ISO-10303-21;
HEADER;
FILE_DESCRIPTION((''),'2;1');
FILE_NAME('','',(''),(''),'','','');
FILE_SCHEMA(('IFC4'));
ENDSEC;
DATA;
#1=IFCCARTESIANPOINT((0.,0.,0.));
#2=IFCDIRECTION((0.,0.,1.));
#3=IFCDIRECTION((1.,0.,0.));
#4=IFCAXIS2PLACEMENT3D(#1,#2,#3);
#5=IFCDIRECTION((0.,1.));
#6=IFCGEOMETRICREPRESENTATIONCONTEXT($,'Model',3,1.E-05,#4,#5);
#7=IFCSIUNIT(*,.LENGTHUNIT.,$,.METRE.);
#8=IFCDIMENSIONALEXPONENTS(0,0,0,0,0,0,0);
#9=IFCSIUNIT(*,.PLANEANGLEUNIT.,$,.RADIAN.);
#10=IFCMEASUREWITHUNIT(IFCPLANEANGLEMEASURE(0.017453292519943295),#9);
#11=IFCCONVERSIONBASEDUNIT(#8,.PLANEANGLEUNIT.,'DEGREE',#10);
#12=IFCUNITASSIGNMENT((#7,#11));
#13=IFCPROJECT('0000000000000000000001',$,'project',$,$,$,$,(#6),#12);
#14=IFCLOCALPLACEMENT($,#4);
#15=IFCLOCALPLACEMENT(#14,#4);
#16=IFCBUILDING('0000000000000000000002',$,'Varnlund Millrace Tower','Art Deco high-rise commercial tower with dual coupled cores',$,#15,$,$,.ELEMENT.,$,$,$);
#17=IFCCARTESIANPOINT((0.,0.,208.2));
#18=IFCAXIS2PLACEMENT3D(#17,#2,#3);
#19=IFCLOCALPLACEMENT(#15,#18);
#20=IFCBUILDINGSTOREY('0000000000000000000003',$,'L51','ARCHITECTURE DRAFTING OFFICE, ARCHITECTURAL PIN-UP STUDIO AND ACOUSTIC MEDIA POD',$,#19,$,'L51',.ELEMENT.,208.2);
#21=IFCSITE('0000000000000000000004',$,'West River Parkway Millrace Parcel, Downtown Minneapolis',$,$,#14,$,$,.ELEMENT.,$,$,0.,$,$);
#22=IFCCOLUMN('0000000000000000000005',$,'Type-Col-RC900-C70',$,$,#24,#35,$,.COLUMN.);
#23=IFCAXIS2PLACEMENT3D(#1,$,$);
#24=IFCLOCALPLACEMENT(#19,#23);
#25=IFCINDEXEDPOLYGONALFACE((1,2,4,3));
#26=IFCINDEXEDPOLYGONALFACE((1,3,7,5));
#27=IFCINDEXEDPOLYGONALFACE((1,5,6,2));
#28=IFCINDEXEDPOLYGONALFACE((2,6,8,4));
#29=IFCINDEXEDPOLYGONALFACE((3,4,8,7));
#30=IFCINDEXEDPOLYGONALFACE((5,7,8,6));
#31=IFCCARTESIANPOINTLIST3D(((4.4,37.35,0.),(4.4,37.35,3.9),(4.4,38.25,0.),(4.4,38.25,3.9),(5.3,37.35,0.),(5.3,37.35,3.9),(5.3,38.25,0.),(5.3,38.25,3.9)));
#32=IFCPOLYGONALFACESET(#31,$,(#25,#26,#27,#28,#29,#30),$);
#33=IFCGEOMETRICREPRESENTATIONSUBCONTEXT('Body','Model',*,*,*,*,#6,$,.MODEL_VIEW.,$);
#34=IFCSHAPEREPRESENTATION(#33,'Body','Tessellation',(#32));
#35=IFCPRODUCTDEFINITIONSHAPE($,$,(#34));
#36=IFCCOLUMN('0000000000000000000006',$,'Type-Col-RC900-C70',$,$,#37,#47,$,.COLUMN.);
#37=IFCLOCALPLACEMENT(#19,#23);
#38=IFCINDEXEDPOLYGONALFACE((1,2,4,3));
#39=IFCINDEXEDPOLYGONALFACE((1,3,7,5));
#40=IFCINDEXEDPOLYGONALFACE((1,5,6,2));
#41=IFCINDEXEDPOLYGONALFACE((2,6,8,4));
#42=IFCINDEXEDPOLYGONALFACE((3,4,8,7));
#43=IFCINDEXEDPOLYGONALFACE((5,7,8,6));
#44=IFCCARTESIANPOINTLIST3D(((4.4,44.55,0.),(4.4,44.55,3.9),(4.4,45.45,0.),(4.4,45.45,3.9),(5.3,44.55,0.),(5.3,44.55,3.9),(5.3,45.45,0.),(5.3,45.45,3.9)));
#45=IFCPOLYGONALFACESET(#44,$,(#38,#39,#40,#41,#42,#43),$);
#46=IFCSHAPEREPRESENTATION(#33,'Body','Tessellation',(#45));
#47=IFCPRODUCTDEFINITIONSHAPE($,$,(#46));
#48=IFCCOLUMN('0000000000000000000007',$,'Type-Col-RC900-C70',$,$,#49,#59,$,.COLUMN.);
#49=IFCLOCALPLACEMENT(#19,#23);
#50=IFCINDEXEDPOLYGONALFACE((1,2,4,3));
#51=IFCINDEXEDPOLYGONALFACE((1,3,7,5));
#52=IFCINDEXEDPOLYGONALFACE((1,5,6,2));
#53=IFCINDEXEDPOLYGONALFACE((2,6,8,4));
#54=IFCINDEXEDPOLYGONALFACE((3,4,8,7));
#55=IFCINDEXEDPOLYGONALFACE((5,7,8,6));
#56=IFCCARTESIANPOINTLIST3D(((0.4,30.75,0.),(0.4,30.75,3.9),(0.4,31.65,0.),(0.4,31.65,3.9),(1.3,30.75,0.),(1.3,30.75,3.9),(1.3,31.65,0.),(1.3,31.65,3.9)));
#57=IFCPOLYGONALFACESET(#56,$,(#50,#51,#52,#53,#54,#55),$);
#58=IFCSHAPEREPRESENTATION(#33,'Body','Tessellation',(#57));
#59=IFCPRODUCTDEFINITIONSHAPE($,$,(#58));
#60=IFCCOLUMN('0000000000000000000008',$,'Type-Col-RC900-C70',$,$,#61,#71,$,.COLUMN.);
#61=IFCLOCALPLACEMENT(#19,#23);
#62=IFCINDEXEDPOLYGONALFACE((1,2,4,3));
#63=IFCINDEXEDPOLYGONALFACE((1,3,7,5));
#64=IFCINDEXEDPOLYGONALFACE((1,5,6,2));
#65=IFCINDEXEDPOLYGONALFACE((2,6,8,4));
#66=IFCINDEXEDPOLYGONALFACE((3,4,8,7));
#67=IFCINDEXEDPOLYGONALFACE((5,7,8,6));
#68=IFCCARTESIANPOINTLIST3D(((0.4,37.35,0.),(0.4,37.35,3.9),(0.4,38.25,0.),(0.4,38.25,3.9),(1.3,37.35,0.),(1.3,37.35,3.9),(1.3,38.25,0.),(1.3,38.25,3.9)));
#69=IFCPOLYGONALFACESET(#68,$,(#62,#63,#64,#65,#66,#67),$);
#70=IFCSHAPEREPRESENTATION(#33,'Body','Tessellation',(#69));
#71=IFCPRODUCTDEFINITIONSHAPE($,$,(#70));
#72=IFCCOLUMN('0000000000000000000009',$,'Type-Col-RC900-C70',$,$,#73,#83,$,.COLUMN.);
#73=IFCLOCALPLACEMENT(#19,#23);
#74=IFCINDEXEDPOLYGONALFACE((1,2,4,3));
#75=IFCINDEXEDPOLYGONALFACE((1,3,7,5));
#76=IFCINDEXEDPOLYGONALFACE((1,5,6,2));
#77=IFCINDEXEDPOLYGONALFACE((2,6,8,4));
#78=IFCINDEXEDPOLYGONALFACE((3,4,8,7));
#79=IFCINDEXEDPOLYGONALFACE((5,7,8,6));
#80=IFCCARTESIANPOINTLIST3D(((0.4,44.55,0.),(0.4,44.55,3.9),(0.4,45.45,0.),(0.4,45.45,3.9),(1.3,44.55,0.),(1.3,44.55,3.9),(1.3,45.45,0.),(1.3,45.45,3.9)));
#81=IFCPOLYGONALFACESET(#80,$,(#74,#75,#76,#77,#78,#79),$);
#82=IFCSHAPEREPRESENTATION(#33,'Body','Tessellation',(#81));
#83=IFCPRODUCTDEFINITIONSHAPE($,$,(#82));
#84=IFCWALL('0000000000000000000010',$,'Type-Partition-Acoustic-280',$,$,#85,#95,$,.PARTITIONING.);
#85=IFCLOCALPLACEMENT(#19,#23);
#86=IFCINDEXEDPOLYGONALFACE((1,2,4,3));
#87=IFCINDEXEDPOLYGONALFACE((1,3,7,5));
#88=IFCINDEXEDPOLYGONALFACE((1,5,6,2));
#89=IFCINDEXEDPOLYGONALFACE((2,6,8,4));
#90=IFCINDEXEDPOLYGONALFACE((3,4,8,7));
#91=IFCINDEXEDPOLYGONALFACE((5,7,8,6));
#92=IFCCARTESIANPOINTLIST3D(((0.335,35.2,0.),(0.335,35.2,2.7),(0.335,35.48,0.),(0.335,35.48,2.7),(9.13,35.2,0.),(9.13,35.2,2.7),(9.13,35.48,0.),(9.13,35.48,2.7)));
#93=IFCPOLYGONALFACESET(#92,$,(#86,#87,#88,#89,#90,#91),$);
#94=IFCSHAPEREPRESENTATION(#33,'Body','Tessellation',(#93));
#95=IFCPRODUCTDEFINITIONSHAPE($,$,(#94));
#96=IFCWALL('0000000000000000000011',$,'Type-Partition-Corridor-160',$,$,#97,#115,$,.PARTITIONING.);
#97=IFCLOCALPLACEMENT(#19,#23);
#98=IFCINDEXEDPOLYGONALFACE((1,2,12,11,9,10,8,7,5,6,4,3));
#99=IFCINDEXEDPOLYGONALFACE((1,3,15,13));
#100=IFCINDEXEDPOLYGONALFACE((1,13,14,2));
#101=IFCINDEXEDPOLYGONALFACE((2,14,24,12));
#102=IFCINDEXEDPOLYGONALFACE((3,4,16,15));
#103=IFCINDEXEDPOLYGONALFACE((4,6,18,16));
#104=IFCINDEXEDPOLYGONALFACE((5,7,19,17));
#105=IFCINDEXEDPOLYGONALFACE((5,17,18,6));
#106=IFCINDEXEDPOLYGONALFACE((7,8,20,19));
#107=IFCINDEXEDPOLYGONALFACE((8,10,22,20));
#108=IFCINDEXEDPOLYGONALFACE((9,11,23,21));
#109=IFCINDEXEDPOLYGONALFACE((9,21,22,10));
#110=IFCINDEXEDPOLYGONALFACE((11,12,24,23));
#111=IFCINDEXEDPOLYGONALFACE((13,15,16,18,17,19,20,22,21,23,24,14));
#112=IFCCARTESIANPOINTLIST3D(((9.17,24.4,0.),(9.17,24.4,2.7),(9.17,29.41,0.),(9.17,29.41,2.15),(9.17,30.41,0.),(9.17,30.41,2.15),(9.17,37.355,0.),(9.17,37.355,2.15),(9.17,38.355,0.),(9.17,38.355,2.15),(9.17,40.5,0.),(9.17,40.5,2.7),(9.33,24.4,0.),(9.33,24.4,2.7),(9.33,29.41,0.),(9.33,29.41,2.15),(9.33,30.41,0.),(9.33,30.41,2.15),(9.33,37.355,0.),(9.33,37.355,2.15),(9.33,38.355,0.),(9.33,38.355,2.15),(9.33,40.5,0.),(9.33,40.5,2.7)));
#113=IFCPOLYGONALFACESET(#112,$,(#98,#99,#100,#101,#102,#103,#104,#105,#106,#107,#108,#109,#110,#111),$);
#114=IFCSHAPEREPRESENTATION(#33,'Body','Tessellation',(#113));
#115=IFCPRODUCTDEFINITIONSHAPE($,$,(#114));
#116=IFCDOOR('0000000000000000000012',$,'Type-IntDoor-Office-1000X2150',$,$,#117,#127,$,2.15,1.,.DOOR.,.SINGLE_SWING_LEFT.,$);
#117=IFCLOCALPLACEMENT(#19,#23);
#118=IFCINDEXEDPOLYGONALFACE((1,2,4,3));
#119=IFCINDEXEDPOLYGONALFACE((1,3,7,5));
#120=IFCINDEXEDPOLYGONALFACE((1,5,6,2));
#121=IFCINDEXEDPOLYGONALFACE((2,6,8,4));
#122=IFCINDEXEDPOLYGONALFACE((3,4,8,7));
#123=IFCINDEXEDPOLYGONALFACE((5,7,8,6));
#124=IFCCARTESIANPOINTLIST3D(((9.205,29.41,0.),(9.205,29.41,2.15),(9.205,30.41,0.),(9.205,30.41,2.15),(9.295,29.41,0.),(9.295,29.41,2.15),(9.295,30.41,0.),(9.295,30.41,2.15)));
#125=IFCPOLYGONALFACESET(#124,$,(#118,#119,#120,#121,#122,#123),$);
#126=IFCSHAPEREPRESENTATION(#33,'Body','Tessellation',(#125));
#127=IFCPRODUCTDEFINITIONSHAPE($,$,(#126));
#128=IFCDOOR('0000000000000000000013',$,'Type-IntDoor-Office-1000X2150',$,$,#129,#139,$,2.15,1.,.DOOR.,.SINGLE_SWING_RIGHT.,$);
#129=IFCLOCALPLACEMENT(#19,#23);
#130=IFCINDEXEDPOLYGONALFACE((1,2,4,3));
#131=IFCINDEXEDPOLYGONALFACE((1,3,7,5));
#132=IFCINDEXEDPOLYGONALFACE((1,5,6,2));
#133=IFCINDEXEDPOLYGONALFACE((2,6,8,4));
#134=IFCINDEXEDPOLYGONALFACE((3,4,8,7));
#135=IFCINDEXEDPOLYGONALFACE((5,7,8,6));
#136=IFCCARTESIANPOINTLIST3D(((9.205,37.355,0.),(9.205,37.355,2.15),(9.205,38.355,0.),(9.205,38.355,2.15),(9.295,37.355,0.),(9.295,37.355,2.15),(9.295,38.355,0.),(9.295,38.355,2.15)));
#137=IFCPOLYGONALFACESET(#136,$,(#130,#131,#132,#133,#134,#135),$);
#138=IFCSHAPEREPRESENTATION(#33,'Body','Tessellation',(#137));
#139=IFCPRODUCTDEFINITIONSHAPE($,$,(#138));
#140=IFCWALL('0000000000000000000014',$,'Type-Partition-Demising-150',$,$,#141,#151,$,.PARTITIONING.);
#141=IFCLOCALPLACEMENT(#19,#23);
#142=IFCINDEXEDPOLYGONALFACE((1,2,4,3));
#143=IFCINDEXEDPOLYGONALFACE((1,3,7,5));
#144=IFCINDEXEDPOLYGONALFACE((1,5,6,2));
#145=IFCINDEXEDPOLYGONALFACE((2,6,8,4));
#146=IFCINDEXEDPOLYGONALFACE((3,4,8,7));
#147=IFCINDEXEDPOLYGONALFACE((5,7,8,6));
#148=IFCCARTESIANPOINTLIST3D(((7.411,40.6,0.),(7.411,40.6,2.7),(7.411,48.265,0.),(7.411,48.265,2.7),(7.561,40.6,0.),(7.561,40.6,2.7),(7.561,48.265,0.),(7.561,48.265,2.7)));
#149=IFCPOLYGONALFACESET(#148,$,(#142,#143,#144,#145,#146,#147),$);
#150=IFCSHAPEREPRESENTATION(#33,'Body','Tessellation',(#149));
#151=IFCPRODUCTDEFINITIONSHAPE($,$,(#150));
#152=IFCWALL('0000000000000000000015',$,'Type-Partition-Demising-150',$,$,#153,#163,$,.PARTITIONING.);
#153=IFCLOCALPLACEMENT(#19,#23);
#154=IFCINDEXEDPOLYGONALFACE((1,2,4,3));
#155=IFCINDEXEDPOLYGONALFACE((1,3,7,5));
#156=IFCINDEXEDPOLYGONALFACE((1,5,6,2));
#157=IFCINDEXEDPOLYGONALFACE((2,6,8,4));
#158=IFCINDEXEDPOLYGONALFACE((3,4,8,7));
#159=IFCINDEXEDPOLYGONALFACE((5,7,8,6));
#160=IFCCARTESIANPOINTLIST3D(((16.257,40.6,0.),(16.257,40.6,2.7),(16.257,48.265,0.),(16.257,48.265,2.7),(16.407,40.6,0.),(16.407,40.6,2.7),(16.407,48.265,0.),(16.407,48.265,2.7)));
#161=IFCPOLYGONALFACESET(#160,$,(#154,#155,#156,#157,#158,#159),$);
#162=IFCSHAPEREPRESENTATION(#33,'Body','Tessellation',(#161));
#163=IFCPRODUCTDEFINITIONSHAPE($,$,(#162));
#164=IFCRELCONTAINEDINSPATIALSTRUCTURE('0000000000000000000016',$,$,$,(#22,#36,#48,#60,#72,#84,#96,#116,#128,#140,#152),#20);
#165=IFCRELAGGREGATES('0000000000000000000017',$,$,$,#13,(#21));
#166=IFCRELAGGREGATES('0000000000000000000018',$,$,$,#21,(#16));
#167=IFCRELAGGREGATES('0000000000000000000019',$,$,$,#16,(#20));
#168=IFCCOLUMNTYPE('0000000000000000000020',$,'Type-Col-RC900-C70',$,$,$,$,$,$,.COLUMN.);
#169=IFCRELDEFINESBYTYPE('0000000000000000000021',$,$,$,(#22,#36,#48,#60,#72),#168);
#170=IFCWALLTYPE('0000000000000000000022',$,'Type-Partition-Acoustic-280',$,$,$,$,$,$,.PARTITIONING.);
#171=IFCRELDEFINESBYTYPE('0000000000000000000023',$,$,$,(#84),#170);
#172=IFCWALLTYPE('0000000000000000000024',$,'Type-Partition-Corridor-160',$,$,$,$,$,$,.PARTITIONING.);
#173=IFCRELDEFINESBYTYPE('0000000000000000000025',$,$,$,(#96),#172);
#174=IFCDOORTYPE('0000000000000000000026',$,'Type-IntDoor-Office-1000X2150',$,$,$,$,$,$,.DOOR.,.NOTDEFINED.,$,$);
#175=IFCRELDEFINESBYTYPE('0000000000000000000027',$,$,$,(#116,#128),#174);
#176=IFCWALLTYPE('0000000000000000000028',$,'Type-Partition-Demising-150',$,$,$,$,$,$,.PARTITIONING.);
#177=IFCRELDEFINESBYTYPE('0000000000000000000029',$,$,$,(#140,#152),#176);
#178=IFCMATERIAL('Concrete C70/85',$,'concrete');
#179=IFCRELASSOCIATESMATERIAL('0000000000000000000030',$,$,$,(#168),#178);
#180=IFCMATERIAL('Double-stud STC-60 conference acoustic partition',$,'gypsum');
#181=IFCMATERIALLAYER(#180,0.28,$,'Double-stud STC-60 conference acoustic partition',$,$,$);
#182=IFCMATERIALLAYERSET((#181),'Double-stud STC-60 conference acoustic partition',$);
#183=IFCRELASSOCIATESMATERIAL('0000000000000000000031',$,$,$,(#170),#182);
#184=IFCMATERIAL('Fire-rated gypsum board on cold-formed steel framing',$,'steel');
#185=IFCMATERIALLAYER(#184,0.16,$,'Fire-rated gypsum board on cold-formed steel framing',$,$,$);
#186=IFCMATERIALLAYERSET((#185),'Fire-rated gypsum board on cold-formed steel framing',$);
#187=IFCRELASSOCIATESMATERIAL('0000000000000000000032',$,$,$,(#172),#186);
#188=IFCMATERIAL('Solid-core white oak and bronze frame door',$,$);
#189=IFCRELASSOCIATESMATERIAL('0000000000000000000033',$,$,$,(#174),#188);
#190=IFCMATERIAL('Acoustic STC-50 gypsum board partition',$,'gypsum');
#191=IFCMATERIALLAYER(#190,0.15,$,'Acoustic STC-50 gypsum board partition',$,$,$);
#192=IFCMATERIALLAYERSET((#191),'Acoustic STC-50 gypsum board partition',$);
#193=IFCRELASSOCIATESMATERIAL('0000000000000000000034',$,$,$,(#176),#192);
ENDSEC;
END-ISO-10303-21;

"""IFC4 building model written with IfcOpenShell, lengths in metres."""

from ifc_helpers import new_model, entity, si_unit, converted_unit, direction, frame, origin_with_axes, origin_2d_with_axis, place, context, subcontext, project, spatial, polyline, rectangle, outline, extrude, material, layer, layer_set, material_profile, profile_set, type_object, element, fill, save


model = new_model("IFC4")

# Units and contexts
model_context = context("Model", 3, precision=1e-05, world=origin_with_axes(), true_north=direction((0.0, 1.0)))
body_context = subcontext(model_context, "Body", "Model", "MODEL_VIEW")
ifc_project = project(units=[si_unit("LENGTHUNIT", "METRE"), converted_unit("PLANEANGLEUNIT", "DEGREE", entity("IfcPlaneAngleMeasure", 0.017453292519943295), si_unit("PLANEANGLEUNIT", "RADIAN"), dimensions=[0, 0, 0, 0, 0, 0, 0])], contexts=[model_context])

# Site, building, storey
site_placement = place(None, origin_with_axes())
site = spatial("IfcSite", under=ifc_project, at=site_placement, Name="West River Parkway Millrace Parcel, Downtown Minneapolis", CompositionType="ELEMENT", RefElevation=0.0)
building_placement = place(site_placement, origin_with_axes())
building = spatial("IfcBuilding", under=site, at=building_placement, Name="Varnlund Millrace Tower", Description="Art Deco high-rise commercial tower with dual coupled cores", CompositionType="ELEMENT")
storey_placement = place(building_placement, frame((0.0, 0.0, 208.2), z_axis=(0.0, 0.0, 1.0), x_axis=(1.0, 0.0, 0.0)))
storey = spatial("IfcBuildingStorey", under=building, at=storey_placement, Name="L51", Description="ARCHITECTURE DRAFTING OFFICE, ARCHITECTURAL PIN-UP STUDIO AND ACOUSTIC MEDIA POD", LongName="L51", CompositionType="ELEMENT", Elevation=208.2)

# Columns
ifc_material_1 = material(Name="Concrete C70/85", Category="concrete")
ifc_material_profile = material_profile(ifc_material_1, rectangle(XDim=0.9, YDim=0.9, at=origin_2d_with_axis()), Name="Concrete C70/85")
ifc_profile_set = profile_set([ifc_material_profile], Name="Concrete C70/85")
column_type = type_object("IfcColumnType", Name="Type-Col-RC900-C70", PredefinedType="COLUMN", material=ifc_profile_set)
for number, where, z_axis, x_axis, name in (
    (1, (4.85, 37.8, 0.0), (0.0, 0.0, 1.0), (1.0, 0.0, 0.0), "Type-Col-RC900-C70"),
    (2, (4.85, 45.0, 0.0), (0.0, 0.0, 1.0), (1.0, 0.0, 0.0), "Type-Col-RC900-C70"),
    (3, (0.85, 31.2, 0.0), (0.0, 0.0, 1.0), (1.0, 0.0, 0.0), "Type-Col-RC900-C70"),
    (4, (0.85, 37.8, 0.0), (0.0, 0.0, 1.0), (1.0, 0.0, 0.0), "Type-Col-RC900-C70"),
    (5, (0.85, 45.0, 0.0), (0.0, 0.0, 1.0), (1.0, 0.0, 0.0), "Type-Col-RC900-C70"),
):
    element("IfcColumn", number, at=place(storey_placement, frame(where, z_axis=z_axis, x_axis=x_axis)), inside=storey, type_object=column_type, Name=name, PredefinedType="COLUMN", context=body_context, shape_type="SweptSolid", body=[
        extrude(rectangle(XDim=0.9, YDim=0.9, at=origin_2d_with_axis()), origin_with_axes(), (0.0, 0.0, 1.0), 3.9),
    ])

# Wall
ifc_material_2 = material(Name="Double-stud STC-60 conference acoustic partition", Category="gypsum")
ifc_layer_1 = layer(ifc_material_2, 0.28, Name="Double-stud STC-60 conference acoustic partition")
ifc_layer_set_1 = layer_set([ifc_layer_1], Name="Double-stud STC-60 conference acoustic partition")
wall_type_1 = type_object("IfcWallType", Name="Type-Partition-Acoustic-280", PredefinedType="PARTITIONING", material=ifc_layer_set_1)
wall_1_placement = place(storey_placement, frame((0.335, 35.34, 0.0), z_axis=(0.0, 0.0, 1.0), x_axis=(1.0, 0.0, 0.0)))
element("IfcWall", 6, at=wall_1_placement, inside=storey, type_object=wall_type_1, Name="Type-Partition-Acoustic-280", PredefinedType="PARTITIONING", context=body_context, shape_type="SweptSolid", body=[
    extrude(outline(polyline([(0.0, -0.14), (8.795, -0.14), (8.795, 0.14), (0.0, 0.14), (0.0, -0.14)])), origin_with_axes(), (0.0, 0.0, 1.0), 2.7),
])

# Wall, openings, doors
ifc_material_3 = material(Name="Fire-rated gypsum board on cold-formed steel framing", Category="steel")
ifc_layer_2 = layer(ifc_material_3, 0.16, Name="Fire-rated gypsum board on cold-formed steel framing")
ifc_layer_set_2 = layer_set([ifc_layer_2], Name="Fire-rated gypsum board on cold-formed steel framing")
wall_type_2 = type_object("IfcWallType", Name="Type-Partition-Corridor-160", PredefinedType="PARTITIONING", material=ifc_layer_set_2)
ifc_material_4 = material(Name="Solid-core white oak and bronze frame door")
door_type_1 = type_object("IfcDoorType", Name="Type-IntDoor-Office-1000X2150", OperationType="NOTDEFINED", PredefinedType="DOOR", material=ifc_material_4)
wall_2_placement = place(storey_placement, frame((9.25, 24.4, 0.0), z_axis=(0.0, 0.0, 1.0), x_axis=(0.0, 1.0, 0.0)))
wall_2 = element("IfcWall", 7, at=wall_2_placement, inside=storey, type_object=wall_type_2, Name="Type-Partition-Corridor-160", PredefinedType="PARTITIONING", context=body_context, shape_type="SweptSolid", body=[
    extrude(outline(polyline([(0.0, -0.08), (16.1, -0.08), (16.1, 0.08), (0.0, 0.08), (0.0, -0.08)])), origin_with_axes(), (0.0, 0.0, 1.0), 2.7),
])
opening_1_placement = place(wall_2_placement, frame((5.51, 0.0, 0.0), z_axis=(0.0, 0.0, 1.0), x_axis=(1.0, 0.0, 0.0)))
opening_1 = element("IfcOpeningElement", 8, at=opening_1_placement, cuts=wall_2, PredefinedType="OPENING", context=body_context, shape_type="SweptSolid", body=[
    extrude(rectangle(XDim=1.0, YDim=0.18, at=origin_2d_with_axis()), origin_with_axes(), (0.0, 0.0, 1.0), 2.15),
])
opening_2_placement = place(wall_2_placement, frame((13.455, 0.0, 0.0), z_axis=(0.0, 0.0, 1.0), x_axis=(1.0, 0.0, 0.0)))
opening_2 = element("IfcOpeningElement", 9, at=opening_2_placement, cuts=wall_2, PredefinedType="OPENING", context=body_context, shape_type="SweptSolid", body=[
    extrude(rectangle(XDim=1.0, YDim=0.18, at=origin_2d_with_axis()), origin_with_axes(), (0.0, 0.0, 1.0), 2.15),
])
door_1_placement = place(wall_2_placement, frame((5.51, 0.0, 0.0), z_axis=(0.0, 0.0, 1.0), x_axis=(1.0, 0.0, 0.0)))
door_1 = element("IfcDoor", 10, at=door_1_placement, inside=storey, type_object=door_type_1, Name="Type-IntDoor-Office-1000X2150", OperationType="SINGLE_SWING_LEFT", OverallHeight=2.15, OverallWidth=1.0, PredefinedType="DOOR", context=body_context, shape_type="SweptSolid", body=[
    extrude(rectangle(XDim=1.0, YDim=0.09, at=origin_2d_with_axis()), origin_with_axes(), (0.0, 0.0, 1.0), 2.15),
])
fill(opening_1, door_1)
door_2_placement = place(wall_2_placement, frame((13.455, 0.0, 0.0), z_axis=(0.0, 0.0, 1.0), x_axis=(1.0, 0.0, 0.0)))
door_2 = element("IfcDoor", 11, at=door_2_placement, inside=storey, type_object=door_type_1, Name="Type-IntDoor-Office-1000X2150", OperationType="SINGLE_SWING_RIGHT", OverallHeight=2.15, OverallWidth=1.0, PredefinedType="DOOR", context=body_context, shape_type="SweptSolid", body=[
    extrude(rectangle(XDim=1.0, YDim=0.09, at=origin_2d_with_axis()), origin_with_axes(), (0.0, 0.0, 1.0), 2.15),
])
fill(opening_2, door_2)

# Walls
ifc_material_5 = material(Name="Acoustic STC-50 gypsum board partition", Category="gypsum")
ifc_layer_3 = layer(ifc_material_5, 0.15, Name="Acoustic STC-50 gypsum board partition")
ifc_layer_set_3 = layer_set([ifc_layer_3], Name="Acoustic STC-50 gypsum board partition")
wall_type_3 = type_object("IfcWallType", Name="Type-Partition-Demising-150", PredefinedType="PARTITIONING", material=ifc_layer_set_3)
for number, where, z_axis, x_axis, name in (
    (12, (7.486, 40.6, 0.0), (0.0, 0.0, 1.0), (0.0, 1.0, 0.0), "Type-Partition-Demising-150"),
    (13, (16.332, 40.6, 0.0), (0.0, 0.0, 1.0), (0.0, 1.0, 0.0), "Type-Partition-Demising-150"),
):
    element("IfcWall", number, at=place(storey_placement, frame(where, z_axis=z_axis, x_axis=x_axis)), inside=storey, type_object=wall_type_3, Name=name, PredefinedType="PARTITIONING", context=body_context, shape_type="SweptSolid", body=[
        extrude(outline(polyline([(0.0, -0.075), (7.665, -0.075), (7.665, 0.075), (0.0, 0.075), (0.0, -0.075)])), origin_with_axes(), (0.0, 0.0, 1.0), 2.7),
    ])

save(model, "model.ifc")
